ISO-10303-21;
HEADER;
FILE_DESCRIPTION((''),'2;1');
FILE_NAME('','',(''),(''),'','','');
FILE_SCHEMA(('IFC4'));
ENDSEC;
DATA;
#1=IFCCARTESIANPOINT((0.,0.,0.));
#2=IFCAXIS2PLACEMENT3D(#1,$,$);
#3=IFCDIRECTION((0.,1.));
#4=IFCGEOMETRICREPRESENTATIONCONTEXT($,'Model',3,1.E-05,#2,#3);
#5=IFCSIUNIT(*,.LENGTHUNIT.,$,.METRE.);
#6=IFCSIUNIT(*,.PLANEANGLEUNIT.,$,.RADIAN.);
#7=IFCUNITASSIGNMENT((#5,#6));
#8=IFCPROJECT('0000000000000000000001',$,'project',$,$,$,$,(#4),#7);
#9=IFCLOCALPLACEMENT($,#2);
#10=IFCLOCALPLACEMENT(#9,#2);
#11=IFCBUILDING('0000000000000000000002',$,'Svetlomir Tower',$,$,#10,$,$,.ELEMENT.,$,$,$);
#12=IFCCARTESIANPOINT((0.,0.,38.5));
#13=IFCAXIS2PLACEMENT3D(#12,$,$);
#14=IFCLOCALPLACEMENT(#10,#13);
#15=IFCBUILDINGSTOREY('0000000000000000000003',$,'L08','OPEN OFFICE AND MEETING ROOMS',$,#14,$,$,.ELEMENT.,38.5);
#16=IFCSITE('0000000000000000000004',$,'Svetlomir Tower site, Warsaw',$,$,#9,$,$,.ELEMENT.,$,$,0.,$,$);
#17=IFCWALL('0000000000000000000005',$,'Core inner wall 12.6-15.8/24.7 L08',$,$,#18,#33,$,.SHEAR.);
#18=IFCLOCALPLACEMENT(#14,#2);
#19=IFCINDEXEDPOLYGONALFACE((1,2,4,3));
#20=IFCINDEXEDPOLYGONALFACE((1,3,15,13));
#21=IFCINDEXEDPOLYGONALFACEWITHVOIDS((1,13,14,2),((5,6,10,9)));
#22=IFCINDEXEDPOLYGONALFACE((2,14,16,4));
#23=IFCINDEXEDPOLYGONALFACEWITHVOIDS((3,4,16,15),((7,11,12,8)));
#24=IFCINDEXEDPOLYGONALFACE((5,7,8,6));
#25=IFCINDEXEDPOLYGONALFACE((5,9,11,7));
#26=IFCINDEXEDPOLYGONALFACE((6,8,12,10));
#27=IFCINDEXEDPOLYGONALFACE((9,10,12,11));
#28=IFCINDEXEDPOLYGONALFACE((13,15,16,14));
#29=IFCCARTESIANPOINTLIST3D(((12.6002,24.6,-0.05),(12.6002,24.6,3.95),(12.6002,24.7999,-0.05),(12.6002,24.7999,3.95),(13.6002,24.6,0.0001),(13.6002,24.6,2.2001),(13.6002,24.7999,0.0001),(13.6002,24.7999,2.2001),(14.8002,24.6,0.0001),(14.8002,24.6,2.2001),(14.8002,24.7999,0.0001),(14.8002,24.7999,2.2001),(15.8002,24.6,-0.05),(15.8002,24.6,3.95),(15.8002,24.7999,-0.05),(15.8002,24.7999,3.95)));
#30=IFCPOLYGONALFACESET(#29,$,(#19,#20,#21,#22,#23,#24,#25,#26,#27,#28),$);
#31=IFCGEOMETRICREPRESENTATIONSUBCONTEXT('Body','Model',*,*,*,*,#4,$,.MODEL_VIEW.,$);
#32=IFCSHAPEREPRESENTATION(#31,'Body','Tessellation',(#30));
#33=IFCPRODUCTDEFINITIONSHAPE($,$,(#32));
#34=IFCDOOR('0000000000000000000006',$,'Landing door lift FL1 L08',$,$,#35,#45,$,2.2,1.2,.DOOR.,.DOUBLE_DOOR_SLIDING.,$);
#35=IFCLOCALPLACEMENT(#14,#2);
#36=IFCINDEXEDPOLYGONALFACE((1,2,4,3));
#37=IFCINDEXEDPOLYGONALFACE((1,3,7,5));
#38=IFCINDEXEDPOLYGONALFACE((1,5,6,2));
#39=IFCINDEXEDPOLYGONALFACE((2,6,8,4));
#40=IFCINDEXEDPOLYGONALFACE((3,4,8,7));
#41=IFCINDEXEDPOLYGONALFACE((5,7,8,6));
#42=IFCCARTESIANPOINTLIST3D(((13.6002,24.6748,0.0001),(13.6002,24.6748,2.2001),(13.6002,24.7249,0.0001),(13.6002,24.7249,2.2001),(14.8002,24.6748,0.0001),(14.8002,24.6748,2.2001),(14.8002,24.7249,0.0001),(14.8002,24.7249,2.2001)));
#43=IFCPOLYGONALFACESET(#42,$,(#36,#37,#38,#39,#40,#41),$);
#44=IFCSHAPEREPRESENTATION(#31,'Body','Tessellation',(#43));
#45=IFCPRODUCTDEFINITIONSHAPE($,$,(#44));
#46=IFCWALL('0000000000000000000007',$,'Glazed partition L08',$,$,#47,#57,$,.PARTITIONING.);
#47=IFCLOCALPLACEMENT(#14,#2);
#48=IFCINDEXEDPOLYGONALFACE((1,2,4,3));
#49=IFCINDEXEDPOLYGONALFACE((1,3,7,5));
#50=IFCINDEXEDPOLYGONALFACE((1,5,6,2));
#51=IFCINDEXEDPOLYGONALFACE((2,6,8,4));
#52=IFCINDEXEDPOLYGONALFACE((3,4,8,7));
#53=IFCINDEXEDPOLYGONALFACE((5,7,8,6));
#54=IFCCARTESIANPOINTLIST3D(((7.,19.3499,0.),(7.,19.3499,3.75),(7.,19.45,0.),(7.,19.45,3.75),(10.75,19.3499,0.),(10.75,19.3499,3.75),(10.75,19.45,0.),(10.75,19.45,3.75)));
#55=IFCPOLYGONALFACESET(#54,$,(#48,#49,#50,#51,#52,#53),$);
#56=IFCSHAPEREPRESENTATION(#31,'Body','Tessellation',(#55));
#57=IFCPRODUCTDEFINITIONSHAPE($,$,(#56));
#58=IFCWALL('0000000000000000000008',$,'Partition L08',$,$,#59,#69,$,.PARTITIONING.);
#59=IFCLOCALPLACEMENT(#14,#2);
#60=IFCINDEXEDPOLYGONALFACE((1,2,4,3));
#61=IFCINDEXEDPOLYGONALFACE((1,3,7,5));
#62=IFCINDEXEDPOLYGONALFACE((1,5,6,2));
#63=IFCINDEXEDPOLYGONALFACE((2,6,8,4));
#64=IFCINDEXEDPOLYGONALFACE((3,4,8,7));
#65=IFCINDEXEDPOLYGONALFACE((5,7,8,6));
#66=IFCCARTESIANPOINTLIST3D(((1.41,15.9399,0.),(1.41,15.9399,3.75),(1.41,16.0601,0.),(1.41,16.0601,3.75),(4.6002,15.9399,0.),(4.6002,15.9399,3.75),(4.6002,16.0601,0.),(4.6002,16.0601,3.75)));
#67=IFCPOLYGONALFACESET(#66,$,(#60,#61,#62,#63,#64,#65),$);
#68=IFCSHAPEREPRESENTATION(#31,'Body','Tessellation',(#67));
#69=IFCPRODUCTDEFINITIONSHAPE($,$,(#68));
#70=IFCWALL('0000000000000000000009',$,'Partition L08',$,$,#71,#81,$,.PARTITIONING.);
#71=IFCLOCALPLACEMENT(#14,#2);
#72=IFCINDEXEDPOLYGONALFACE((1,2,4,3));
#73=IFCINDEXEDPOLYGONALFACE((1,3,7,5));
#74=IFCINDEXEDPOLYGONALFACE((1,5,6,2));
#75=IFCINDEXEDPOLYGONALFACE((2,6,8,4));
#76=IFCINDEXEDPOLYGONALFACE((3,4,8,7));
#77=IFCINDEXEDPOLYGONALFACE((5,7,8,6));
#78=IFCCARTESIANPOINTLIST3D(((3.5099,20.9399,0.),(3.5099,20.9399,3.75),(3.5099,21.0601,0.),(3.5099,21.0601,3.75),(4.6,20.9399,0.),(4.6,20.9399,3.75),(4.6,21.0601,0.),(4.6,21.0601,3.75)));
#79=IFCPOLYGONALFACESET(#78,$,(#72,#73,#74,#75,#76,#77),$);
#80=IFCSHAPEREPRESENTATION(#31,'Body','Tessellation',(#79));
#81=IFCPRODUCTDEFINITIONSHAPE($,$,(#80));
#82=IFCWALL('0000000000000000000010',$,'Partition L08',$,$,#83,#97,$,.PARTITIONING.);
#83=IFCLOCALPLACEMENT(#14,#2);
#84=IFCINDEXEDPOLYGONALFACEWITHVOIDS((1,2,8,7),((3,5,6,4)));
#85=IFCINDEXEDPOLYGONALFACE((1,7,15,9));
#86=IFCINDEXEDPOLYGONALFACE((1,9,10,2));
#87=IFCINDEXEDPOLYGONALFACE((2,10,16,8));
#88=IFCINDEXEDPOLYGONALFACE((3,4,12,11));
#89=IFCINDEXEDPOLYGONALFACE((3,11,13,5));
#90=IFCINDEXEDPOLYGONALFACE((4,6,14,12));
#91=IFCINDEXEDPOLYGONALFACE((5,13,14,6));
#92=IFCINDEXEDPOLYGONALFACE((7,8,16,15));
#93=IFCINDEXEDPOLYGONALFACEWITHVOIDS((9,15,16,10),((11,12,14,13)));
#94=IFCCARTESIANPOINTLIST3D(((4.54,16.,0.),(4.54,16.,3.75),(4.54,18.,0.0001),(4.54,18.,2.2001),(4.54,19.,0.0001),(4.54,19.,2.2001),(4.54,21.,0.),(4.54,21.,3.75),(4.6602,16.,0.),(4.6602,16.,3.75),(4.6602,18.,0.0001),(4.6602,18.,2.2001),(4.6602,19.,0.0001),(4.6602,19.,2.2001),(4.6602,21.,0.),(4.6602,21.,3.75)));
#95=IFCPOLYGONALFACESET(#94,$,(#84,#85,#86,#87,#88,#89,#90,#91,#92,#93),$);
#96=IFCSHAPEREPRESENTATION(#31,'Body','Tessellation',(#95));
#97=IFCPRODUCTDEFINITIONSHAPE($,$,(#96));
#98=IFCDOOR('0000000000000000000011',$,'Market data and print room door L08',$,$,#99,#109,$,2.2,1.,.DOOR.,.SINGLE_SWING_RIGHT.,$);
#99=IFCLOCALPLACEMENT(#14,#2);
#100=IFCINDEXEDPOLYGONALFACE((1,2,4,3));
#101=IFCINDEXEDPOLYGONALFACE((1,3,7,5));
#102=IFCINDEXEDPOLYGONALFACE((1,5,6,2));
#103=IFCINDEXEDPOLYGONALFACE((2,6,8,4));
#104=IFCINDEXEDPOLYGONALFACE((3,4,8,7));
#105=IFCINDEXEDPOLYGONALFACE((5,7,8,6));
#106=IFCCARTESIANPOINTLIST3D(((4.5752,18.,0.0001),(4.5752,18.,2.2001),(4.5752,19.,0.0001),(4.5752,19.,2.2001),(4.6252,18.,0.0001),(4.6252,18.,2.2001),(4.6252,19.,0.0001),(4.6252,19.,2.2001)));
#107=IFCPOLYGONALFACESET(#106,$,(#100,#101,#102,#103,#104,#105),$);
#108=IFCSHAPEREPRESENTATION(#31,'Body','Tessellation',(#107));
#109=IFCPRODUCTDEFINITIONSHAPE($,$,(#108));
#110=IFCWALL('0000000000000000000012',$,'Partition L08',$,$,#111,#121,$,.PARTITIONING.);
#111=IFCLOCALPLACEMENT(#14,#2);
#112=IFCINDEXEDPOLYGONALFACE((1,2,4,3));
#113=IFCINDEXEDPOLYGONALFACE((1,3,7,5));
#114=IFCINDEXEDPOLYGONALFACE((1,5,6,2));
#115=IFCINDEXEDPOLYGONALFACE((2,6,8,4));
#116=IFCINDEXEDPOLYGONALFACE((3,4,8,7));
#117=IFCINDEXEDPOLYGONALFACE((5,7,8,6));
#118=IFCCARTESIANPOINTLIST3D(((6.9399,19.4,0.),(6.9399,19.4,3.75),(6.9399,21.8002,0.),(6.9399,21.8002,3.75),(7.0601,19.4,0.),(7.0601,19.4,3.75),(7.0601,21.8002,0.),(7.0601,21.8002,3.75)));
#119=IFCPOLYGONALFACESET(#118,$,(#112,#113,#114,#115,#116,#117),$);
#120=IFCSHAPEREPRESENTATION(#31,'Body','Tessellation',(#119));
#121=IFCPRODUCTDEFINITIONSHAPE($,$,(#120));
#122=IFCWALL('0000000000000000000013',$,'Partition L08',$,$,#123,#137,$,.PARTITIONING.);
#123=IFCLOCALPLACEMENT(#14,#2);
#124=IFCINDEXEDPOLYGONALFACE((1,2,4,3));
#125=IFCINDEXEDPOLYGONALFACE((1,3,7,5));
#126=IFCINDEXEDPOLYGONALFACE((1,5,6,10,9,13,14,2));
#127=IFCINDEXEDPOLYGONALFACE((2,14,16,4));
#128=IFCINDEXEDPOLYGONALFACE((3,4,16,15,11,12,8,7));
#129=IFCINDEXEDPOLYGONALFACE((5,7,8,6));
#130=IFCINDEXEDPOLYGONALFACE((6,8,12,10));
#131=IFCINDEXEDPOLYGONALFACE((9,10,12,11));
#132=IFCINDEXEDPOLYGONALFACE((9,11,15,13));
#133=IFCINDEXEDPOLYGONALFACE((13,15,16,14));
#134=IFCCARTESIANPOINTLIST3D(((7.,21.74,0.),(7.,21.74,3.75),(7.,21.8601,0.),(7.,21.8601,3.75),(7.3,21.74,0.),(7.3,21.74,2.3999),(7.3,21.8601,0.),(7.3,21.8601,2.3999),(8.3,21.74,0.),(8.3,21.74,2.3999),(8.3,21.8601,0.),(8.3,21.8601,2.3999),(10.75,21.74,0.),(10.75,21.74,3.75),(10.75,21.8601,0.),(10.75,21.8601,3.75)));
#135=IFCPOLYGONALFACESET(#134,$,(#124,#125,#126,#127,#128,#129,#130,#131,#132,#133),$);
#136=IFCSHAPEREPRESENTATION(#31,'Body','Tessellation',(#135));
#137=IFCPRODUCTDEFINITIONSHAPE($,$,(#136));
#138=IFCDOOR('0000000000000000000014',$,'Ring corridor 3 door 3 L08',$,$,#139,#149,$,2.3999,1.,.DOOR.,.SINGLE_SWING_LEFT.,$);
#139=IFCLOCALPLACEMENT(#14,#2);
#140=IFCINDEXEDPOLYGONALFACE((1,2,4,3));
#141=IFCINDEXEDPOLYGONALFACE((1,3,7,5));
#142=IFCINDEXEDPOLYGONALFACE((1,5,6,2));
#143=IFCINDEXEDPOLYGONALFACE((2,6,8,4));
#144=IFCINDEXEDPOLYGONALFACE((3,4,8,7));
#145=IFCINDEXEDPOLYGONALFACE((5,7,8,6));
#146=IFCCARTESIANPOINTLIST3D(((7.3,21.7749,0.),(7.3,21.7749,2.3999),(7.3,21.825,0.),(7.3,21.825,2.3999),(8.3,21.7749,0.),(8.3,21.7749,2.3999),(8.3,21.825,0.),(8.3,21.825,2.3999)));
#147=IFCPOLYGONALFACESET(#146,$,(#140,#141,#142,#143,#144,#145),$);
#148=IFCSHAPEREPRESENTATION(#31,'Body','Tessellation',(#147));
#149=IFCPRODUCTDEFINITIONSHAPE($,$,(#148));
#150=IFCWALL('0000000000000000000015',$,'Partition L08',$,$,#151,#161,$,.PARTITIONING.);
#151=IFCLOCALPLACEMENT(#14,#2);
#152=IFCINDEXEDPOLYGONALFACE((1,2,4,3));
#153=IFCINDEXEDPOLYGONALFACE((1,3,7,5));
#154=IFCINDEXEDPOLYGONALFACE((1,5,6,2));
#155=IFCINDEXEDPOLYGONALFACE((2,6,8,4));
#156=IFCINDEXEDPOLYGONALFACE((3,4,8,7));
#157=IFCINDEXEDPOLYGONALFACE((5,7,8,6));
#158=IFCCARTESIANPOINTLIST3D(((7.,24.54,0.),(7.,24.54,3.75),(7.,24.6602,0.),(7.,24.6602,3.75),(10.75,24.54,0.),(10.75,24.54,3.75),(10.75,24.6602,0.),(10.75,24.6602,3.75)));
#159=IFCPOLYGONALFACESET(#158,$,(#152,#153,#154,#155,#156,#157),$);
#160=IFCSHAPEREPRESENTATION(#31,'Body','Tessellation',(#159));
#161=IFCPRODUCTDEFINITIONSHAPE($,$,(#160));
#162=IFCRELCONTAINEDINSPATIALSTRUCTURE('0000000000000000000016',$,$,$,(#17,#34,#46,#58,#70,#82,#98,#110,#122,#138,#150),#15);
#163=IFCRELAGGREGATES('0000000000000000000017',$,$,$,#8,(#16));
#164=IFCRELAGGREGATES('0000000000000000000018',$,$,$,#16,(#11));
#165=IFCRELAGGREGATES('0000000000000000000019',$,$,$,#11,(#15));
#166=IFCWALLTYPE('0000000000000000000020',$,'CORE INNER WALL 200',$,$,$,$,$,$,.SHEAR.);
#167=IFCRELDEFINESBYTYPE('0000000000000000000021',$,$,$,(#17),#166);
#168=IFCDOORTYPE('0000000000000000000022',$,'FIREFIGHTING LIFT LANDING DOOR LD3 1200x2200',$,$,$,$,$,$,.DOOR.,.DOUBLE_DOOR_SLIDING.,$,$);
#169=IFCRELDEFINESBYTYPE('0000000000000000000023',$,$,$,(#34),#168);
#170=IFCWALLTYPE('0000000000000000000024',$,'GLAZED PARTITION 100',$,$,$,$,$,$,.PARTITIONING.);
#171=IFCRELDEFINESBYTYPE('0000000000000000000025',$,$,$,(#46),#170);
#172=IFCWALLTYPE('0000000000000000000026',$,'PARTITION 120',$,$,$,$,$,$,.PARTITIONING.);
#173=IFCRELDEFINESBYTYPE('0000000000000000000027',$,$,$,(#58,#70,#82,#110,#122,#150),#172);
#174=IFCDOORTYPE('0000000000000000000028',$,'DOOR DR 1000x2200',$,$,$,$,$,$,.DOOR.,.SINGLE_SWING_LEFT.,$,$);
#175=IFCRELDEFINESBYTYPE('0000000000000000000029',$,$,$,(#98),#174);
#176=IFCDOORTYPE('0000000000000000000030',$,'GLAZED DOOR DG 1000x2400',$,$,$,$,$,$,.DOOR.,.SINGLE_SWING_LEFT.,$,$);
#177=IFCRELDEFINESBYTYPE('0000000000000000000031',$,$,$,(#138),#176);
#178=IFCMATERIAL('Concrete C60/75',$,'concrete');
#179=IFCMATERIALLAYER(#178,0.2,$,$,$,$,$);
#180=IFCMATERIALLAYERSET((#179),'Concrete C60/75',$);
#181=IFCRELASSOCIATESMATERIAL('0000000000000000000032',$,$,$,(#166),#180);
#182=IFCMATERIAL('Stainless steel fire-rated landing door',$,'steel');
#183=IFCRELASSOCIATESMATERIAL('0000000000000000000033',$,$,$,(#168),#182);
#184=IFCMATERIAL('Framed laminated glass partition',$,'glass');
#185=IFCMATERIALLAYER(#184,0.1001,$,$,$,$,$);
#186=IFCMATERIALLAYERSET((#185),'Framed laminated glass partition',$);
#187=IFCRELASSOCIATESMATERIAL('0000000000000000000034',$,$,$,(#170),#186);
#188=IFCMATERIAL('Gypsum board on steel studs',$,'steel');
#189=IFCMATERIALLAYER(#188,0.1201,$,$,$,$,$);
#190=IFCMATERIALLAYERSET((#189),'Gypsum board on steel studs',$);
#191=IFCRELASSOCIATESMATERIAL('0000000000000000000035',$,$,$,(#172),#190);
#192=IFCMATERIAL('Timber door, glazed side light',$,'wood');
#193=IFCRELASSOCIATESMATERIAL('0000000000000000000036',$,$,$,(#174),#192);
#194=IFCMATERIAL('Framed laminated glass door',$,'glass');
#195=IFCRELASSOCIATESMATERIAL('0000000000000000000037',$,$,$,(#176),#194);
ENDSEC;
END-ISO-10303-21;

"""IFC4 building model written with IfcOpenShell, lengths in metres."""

from ifc_helpers import new_model, si_unit, direction, frame, frame_2d, origin, place, context, subcontext, project, spatial, rectangle, extrude, material, layer, layer_set, type_object, element, fill, save


model = new_model("IFC4")

# Units and contexts
model_context = context("Model", 3, precision=1e-05, world=origin(), true_north=direction((0.0, 1.0)))
body_context = subcontext(model_context, "Body", "Model", "MODEL_VIEW")
ifc_project = project(units=[si_unit("LENGTHUNIT", "METRE"), si_unit("PLANEANGLEUNIT", "RADIAN")], contexts=[model_context])

# Site, building, storey
site_placement = place(None, origin())
site = spatial("IfcSite", under=ifc_project, at=site_placement, Name="Svetlomir Tower site, Warsaw", CompositionType="ELEMENT", RefElevation=0.0)
building_placement = place(site_placement, origin())
building = spatial("IfcBuilding", under=site, at=building_placement, Name="Svetlomir Tower", CompositionType="ELEMENT")
storey_placement = place(building_placement, frame((0.0, 0.0, 38.5)))
storey = spatial("IfcBuildingStorey", under=building, at=storey_placement, Name="L08", Description="OPEN OFFICE AND MEETING ROOMS", CompositionType="ELEMENT", Elevation=38.5)

# Wall, opening, door
ifc_material_1 = material(Name="Concrete C60/75", Category="concrete")
ifc_layer_1 = layer(ifc_material_1, 0.2)
ifc_layer_set_1 = layer_set([ifc_layer_1], Name="Concrete C60/75")
wall_type_1 = type_object("IfcWallType", Name="CORE INNER WALL 200", PredefinedType="SHEAR", material=ifc_layer_set_1)
wall_1_placement = place(storey_placement, frame((12.6001, 24.7, -0.05), z_axis=(0.0, 0.0, 1.0), x_axis=(1.0, 0.0, 0.0)))
wall_1 = element("IfcWall", 1, at=wall_1_placement, inside=storey, type_object=wall_type_1, Name="Core inner wall 12.6-15.8/24.7 L08", PredefinedType="SHEAR", context=body_context, shape_type="SweptSolid", body=[
    extrude(rectangle(XDim=3.2, YDim=0.2, at=frame_2d((1.6001, 0.0))), origin(), (0.0, 0.0, 1.0), 4.0),
])
opening_1_placement = place(wall_1_placement, frame((1.0, 0.0, 0.05)))
opening_1 = element("IfcOpeningElement", 2, at=opening_1_placement, cuts=wall_1, PredefinedType="OPENING", context=body_context, shape_type="SweptSolid", body=[
    extrude(rectangle(XDim=1.2, YDim=2.2, at=frame_2d((0.6001, 1.1001))), frame((0.0, 0.1099, 0.0), z_axis=(0.0, -1.0, 0.0), x_axis=(1.0, 0.0, 0.0)), (0.0, 0.0, 1.0), 0.22),
])
ifc_material_2 = material(Name="Stainless steel fire-rated landing door", Category="steel")
door_type_1 = type_object("IfcDoorType", Name="FIREFIGHTING LIFT LANDING DOOR LD3 1200x2200", OperationType="DOUBLE_DOOR_SLIDING", PredefinedType="DOOR", material=ifc_material_2)
door_1_placement = place(opening_1_placement, origin())
door_1 = element("IfcDoor", 3, at=door_1_placement, inside=storey, type_object=door_type_1, Name="Landing door lift FL1 L08", OperationType="DOUBLE_DOOR_SLIDING", OverallHeight=2.2, OverallWidth=1.2, PredefinedType="DOOR", context=body_context, shape_type="SweptSolid", body=[
    extrude(rectangle(XDim=1.2, YDim=2.2, at=frame_2d((0.6001, 1.1001))), frame((0.0, 0.0249, 0.0), z_axis=(0.0, -1.0, 0.0), x_axis=(1.0, 0.0, 0.0)), (0.0, 0.0, 1.0), 0.05),
])
fill(opening_1, door_1)

# Walls
ifc_material_3 = material(Name="Framed laminated glass partition", Category="glass")
ifc_layer_2 = layer(ifc_material_3, 0.1001)
ifc_layer_set_2 = layer_set([ifc_layer_2], Name="Framed laminated glass partition")
wall_type_2 = type_object("IfcWallType", Name="GLAZED PARTITION 100", PredefinedType="PARTITIONING", material=ifc_layer_set_2)
wall_2_placement = place(storey_placement, frame((7.0, 19.3999, 0.0), z_axis=(0.0, 0.0, 1.0), x_axis=(1.0, 0.0, 0.0)))
element("IfcWall", 4, at=wall_2_placement, inside=storey, type_object=wall_type_2, Name="Glazed partition L08", PredefinedType="PARTITIONING", context=body_context, shape_type="SweptSolid", body=[
    extrude(rectangle(XDim=3.75, YDim=0.1001, at=frame_2d((1.875, 0.0))), origin(), (0.0, 0.0, 1.0), 3.75),
])
ifc_material_4 = material(Name="Gypsum board on steel studs", Category="steel")
ifc_layer_3 = layer(ifc_material_4, 0.1201)
ifc_layer_set_3 = layer_set([ifc_layer_3], Name="Gypsum board on steel studs")
wall_type_3 = type_object("IfcWallType", Name="PARTITION 120", PredefinedType="PARTITIONING", material=ifc_layer_set_3)
wall_3_placement = place(storey_placement, frame((1.4099, 16.0, 0.0), z_axis=(0.0, 0.0, 1.0), x_axis=(1.0, 0.0, 0.0)))
element("IfcWall", 5, at=wall_3_placement, inside=storey, type_object=wall_type_3, Name="Partition L08", PredefinedType="PARTITIONING", context=body_context, shape_type="SweptSolid", body=[
    extrude(rectangle(XDim=3.1902, YDim=0.1201, at=frame_2d((1.5952, 0.0))), origin(), (0.0, 0.0, 1.0), 3.75),
])
wall_4_placement = place(storey_placement, frame((3.51, 21.0, 0.0), z_axis=(0.0, 0.0, 1.0), x_axis=(1.0, 0.0, 0.0)))
element("IfcWall", 6, at=wall_4_placement, inside=storey, type_object=wall_type_3, Name="Partition L08", PredefinedType="PARTITIONING", context=body_context, shape_type="SweptSolid", body=[
    extrude(rectangle(XDim=1.0901, YDim=0.1201, at=frame_2d((0.5449, 0.0))), origin(), (0.0, 0.0, 1.0), 3.75),
])

# Wall, opening, door
wall_5_placement = place(storey_placement, frame((4.6001, 16.0, 0.0), z_axis=(0.0, 0.0, 1.0), x_axis=(0.0, 1.0, 0.0)))
wall_5 = element("IfcWall", 7, at=wall_5_placement, inside=storey, type_object=wall_type_3, Name="Partition L08", PredefinedType="PARTITIONING", context=body_context, shape_type="SweptSolid", body=[
    extrude(rectangle(XDim=5.0, YDim=0.1201, at=frame_2d((2.5, 0.0))), origin(), (0.0, 0.0, 1.0), 3.75),
])
opening_2_placement = place(wall_5_placement, frame((2.0, 0.0, 0.0)))
opening_2 = element("IfcOpeningElement", 8, at=opening_2_placement, cuts=wall_5, PredefinedType="OPENING", context=body_context, shape_type="SweptSolid", body=[
    extrude(rectangle(XDim=1.0, YDim=2.2, at=frame_2d((0.5, 1.1001))), frame((0.0, 0.0701, 0.0), z_axis=(0.0, -1.0, 0.0), x_axis=(1.0, 0.0, 0.0)), (0.0, 0.0, 1.0), 0.1401),
])
ifc_material_5 = material(Name="Timber door, glazed side light", Category="wood")
door_type_2 = type_object("IfcDoorType", Name="DOOR DR 1000x2200", OperationType="SINGLE_SWING_LEFT", PredefinedType="DOOR", material=ifc_material_5)
door_2_placement = place(opening_2_placement, origin())
door_2 = element("IfcDoor", 9, at=door_2_placement, inside=storey, type_object=door_type_2, Name="Market data and print room door L08", OperationType="SINGLE_SWING_RIGHT", OverallHeight=2.2, OverallWidth=1.0, PredefinedType="DOOR", context=body_context, shape_type="SweptSolid", body=[
    extrude(rectangle(XDim=1.0, YDim=2.2, at=frame_2d((0.5, 1.1001))), frame((0.0, 0.0249, 0.0), z_axis=(0.0, -1.0, 0.0), x_axis=(1.0, 0.0, 0.0)), (0.0, 0.0, 1.0), 0.05),
])
fill(opening_2, door_2)

# Wall
wall_6_placement = place(storey_placement, frame((7.0, 19.3999, 0.0), z_axis=(0.0, 0.0, 1.0), x_axis=(0.0, 1.0, 0.0)))
element("IfcWall", 10, at=wall_6_placement, inside=storey, type_object=wall_type_3, Name="Partition L08", PredefinedType="PARTITIONING", context=body_context, shape_type="SweptSolid", body=[
    extrude(rectangle(XDim=2.4001, YDim=0.1201, at=frame_2d((1.2002, 0.0))), origin(), (0.0, 0.0, 1.0), 3.75),
])

# Wall, opening, door
wall_7_placement = place(storey_placement, frame((7.0, 21.8, 0.0), z_axis=(0.0, 0.0, 1.0), x_axis=(1.0, 0.0, 0.0)))
wall_7 = element("IfcWall", 11, at=wall_7_placement, inside=storey, type_object=wall_type_3, Name="Partition L08", PredefinedType="PARTITIONING", context=body_context, shape_type="SweptSolid", body=[
    extrude(rectangle(XDim=3.75, YDim=0.1201, at=frame_2d((1.875, 0.0))), origin(), (0.0, 0.0, 1.0), 3.75),
])
opening_3_placement = place(wall_7_placement, frame((0.3, 0.0, 0.0)))
opening_3 = element("IfcOpeningElement", 12, at=opening_3_placement, cuts=wall_7, PredefinedType="OPENING", context=body_context, shape_type="SweptSolid", body=[
    extrude(rectangle(XDim=1.0, YDim=2.3999, at=frame_2d((0.5, 1.2))), frame((0.0, 0.0701, 0.0), z_axis=(0.0, -1.0, 0.0), x_axis=(1.0, 0.0, 0.0)), (0.0, 0.0, 1.0), 0.1401),
])
ifc_material_6 = material(Name="Framed laminated glass door", Category="glass")
door_type_3 = type_object("IfcDoorType", Name="GLAZED DOOR DG 1000x2400", OperationType="SINGLE_SWING_LEFT", PredefinedType="DOOR", material=ifc_material_6)
door_3_placement = place(opening_3_placement, origin())
door_3 = element("IfcDoor", 13, at=door_3_placement, inside=storey, type_object=door_type_3, Name="Ring corridor 3 door 3 L08", OperationType="SINGLE_SWING_LEFT", OverallHeight=2.3999, OverallWidth=1.0, PredefinedType="DOOR", context=body_context, shape_type="SweptSolid", body=[
    extrude(rectangle(XDim=1.0, YDim=2.3999, at=frame_2d((0.5, 1.2))), frame((0.0, 0.0249, 0.0), z_axis=(0.0, -1.0, 0.0), x_axis=(1.0, 0.0, 0.0)), (0.0, 0.0, 1.0), 0.05),
])
fill(opening_3, door_3)

# Wall
wall_8_placement = place(storey_placement, frame((7.0, 24.6001, 0.0), z_axis=(0.0, 0.0, 1.0), x_axis=(1.0, 0.0, 0.0)))
element("IfcWall", 14, at=wall_8_placement, inside=storey, type_object=wall_type_3, Name="Partition L08", PredefinedType="PARTITIONING", context=body_context, shape_type="SweptSolid", body=[
    extrude(rectangle(XDim=3.75, YDim=0.1201, at=frame_2d((1.875, 0.0))), origin(), (0.0, 0.0, 1.0), 3.75),
])

save(model, "model.ifc")
